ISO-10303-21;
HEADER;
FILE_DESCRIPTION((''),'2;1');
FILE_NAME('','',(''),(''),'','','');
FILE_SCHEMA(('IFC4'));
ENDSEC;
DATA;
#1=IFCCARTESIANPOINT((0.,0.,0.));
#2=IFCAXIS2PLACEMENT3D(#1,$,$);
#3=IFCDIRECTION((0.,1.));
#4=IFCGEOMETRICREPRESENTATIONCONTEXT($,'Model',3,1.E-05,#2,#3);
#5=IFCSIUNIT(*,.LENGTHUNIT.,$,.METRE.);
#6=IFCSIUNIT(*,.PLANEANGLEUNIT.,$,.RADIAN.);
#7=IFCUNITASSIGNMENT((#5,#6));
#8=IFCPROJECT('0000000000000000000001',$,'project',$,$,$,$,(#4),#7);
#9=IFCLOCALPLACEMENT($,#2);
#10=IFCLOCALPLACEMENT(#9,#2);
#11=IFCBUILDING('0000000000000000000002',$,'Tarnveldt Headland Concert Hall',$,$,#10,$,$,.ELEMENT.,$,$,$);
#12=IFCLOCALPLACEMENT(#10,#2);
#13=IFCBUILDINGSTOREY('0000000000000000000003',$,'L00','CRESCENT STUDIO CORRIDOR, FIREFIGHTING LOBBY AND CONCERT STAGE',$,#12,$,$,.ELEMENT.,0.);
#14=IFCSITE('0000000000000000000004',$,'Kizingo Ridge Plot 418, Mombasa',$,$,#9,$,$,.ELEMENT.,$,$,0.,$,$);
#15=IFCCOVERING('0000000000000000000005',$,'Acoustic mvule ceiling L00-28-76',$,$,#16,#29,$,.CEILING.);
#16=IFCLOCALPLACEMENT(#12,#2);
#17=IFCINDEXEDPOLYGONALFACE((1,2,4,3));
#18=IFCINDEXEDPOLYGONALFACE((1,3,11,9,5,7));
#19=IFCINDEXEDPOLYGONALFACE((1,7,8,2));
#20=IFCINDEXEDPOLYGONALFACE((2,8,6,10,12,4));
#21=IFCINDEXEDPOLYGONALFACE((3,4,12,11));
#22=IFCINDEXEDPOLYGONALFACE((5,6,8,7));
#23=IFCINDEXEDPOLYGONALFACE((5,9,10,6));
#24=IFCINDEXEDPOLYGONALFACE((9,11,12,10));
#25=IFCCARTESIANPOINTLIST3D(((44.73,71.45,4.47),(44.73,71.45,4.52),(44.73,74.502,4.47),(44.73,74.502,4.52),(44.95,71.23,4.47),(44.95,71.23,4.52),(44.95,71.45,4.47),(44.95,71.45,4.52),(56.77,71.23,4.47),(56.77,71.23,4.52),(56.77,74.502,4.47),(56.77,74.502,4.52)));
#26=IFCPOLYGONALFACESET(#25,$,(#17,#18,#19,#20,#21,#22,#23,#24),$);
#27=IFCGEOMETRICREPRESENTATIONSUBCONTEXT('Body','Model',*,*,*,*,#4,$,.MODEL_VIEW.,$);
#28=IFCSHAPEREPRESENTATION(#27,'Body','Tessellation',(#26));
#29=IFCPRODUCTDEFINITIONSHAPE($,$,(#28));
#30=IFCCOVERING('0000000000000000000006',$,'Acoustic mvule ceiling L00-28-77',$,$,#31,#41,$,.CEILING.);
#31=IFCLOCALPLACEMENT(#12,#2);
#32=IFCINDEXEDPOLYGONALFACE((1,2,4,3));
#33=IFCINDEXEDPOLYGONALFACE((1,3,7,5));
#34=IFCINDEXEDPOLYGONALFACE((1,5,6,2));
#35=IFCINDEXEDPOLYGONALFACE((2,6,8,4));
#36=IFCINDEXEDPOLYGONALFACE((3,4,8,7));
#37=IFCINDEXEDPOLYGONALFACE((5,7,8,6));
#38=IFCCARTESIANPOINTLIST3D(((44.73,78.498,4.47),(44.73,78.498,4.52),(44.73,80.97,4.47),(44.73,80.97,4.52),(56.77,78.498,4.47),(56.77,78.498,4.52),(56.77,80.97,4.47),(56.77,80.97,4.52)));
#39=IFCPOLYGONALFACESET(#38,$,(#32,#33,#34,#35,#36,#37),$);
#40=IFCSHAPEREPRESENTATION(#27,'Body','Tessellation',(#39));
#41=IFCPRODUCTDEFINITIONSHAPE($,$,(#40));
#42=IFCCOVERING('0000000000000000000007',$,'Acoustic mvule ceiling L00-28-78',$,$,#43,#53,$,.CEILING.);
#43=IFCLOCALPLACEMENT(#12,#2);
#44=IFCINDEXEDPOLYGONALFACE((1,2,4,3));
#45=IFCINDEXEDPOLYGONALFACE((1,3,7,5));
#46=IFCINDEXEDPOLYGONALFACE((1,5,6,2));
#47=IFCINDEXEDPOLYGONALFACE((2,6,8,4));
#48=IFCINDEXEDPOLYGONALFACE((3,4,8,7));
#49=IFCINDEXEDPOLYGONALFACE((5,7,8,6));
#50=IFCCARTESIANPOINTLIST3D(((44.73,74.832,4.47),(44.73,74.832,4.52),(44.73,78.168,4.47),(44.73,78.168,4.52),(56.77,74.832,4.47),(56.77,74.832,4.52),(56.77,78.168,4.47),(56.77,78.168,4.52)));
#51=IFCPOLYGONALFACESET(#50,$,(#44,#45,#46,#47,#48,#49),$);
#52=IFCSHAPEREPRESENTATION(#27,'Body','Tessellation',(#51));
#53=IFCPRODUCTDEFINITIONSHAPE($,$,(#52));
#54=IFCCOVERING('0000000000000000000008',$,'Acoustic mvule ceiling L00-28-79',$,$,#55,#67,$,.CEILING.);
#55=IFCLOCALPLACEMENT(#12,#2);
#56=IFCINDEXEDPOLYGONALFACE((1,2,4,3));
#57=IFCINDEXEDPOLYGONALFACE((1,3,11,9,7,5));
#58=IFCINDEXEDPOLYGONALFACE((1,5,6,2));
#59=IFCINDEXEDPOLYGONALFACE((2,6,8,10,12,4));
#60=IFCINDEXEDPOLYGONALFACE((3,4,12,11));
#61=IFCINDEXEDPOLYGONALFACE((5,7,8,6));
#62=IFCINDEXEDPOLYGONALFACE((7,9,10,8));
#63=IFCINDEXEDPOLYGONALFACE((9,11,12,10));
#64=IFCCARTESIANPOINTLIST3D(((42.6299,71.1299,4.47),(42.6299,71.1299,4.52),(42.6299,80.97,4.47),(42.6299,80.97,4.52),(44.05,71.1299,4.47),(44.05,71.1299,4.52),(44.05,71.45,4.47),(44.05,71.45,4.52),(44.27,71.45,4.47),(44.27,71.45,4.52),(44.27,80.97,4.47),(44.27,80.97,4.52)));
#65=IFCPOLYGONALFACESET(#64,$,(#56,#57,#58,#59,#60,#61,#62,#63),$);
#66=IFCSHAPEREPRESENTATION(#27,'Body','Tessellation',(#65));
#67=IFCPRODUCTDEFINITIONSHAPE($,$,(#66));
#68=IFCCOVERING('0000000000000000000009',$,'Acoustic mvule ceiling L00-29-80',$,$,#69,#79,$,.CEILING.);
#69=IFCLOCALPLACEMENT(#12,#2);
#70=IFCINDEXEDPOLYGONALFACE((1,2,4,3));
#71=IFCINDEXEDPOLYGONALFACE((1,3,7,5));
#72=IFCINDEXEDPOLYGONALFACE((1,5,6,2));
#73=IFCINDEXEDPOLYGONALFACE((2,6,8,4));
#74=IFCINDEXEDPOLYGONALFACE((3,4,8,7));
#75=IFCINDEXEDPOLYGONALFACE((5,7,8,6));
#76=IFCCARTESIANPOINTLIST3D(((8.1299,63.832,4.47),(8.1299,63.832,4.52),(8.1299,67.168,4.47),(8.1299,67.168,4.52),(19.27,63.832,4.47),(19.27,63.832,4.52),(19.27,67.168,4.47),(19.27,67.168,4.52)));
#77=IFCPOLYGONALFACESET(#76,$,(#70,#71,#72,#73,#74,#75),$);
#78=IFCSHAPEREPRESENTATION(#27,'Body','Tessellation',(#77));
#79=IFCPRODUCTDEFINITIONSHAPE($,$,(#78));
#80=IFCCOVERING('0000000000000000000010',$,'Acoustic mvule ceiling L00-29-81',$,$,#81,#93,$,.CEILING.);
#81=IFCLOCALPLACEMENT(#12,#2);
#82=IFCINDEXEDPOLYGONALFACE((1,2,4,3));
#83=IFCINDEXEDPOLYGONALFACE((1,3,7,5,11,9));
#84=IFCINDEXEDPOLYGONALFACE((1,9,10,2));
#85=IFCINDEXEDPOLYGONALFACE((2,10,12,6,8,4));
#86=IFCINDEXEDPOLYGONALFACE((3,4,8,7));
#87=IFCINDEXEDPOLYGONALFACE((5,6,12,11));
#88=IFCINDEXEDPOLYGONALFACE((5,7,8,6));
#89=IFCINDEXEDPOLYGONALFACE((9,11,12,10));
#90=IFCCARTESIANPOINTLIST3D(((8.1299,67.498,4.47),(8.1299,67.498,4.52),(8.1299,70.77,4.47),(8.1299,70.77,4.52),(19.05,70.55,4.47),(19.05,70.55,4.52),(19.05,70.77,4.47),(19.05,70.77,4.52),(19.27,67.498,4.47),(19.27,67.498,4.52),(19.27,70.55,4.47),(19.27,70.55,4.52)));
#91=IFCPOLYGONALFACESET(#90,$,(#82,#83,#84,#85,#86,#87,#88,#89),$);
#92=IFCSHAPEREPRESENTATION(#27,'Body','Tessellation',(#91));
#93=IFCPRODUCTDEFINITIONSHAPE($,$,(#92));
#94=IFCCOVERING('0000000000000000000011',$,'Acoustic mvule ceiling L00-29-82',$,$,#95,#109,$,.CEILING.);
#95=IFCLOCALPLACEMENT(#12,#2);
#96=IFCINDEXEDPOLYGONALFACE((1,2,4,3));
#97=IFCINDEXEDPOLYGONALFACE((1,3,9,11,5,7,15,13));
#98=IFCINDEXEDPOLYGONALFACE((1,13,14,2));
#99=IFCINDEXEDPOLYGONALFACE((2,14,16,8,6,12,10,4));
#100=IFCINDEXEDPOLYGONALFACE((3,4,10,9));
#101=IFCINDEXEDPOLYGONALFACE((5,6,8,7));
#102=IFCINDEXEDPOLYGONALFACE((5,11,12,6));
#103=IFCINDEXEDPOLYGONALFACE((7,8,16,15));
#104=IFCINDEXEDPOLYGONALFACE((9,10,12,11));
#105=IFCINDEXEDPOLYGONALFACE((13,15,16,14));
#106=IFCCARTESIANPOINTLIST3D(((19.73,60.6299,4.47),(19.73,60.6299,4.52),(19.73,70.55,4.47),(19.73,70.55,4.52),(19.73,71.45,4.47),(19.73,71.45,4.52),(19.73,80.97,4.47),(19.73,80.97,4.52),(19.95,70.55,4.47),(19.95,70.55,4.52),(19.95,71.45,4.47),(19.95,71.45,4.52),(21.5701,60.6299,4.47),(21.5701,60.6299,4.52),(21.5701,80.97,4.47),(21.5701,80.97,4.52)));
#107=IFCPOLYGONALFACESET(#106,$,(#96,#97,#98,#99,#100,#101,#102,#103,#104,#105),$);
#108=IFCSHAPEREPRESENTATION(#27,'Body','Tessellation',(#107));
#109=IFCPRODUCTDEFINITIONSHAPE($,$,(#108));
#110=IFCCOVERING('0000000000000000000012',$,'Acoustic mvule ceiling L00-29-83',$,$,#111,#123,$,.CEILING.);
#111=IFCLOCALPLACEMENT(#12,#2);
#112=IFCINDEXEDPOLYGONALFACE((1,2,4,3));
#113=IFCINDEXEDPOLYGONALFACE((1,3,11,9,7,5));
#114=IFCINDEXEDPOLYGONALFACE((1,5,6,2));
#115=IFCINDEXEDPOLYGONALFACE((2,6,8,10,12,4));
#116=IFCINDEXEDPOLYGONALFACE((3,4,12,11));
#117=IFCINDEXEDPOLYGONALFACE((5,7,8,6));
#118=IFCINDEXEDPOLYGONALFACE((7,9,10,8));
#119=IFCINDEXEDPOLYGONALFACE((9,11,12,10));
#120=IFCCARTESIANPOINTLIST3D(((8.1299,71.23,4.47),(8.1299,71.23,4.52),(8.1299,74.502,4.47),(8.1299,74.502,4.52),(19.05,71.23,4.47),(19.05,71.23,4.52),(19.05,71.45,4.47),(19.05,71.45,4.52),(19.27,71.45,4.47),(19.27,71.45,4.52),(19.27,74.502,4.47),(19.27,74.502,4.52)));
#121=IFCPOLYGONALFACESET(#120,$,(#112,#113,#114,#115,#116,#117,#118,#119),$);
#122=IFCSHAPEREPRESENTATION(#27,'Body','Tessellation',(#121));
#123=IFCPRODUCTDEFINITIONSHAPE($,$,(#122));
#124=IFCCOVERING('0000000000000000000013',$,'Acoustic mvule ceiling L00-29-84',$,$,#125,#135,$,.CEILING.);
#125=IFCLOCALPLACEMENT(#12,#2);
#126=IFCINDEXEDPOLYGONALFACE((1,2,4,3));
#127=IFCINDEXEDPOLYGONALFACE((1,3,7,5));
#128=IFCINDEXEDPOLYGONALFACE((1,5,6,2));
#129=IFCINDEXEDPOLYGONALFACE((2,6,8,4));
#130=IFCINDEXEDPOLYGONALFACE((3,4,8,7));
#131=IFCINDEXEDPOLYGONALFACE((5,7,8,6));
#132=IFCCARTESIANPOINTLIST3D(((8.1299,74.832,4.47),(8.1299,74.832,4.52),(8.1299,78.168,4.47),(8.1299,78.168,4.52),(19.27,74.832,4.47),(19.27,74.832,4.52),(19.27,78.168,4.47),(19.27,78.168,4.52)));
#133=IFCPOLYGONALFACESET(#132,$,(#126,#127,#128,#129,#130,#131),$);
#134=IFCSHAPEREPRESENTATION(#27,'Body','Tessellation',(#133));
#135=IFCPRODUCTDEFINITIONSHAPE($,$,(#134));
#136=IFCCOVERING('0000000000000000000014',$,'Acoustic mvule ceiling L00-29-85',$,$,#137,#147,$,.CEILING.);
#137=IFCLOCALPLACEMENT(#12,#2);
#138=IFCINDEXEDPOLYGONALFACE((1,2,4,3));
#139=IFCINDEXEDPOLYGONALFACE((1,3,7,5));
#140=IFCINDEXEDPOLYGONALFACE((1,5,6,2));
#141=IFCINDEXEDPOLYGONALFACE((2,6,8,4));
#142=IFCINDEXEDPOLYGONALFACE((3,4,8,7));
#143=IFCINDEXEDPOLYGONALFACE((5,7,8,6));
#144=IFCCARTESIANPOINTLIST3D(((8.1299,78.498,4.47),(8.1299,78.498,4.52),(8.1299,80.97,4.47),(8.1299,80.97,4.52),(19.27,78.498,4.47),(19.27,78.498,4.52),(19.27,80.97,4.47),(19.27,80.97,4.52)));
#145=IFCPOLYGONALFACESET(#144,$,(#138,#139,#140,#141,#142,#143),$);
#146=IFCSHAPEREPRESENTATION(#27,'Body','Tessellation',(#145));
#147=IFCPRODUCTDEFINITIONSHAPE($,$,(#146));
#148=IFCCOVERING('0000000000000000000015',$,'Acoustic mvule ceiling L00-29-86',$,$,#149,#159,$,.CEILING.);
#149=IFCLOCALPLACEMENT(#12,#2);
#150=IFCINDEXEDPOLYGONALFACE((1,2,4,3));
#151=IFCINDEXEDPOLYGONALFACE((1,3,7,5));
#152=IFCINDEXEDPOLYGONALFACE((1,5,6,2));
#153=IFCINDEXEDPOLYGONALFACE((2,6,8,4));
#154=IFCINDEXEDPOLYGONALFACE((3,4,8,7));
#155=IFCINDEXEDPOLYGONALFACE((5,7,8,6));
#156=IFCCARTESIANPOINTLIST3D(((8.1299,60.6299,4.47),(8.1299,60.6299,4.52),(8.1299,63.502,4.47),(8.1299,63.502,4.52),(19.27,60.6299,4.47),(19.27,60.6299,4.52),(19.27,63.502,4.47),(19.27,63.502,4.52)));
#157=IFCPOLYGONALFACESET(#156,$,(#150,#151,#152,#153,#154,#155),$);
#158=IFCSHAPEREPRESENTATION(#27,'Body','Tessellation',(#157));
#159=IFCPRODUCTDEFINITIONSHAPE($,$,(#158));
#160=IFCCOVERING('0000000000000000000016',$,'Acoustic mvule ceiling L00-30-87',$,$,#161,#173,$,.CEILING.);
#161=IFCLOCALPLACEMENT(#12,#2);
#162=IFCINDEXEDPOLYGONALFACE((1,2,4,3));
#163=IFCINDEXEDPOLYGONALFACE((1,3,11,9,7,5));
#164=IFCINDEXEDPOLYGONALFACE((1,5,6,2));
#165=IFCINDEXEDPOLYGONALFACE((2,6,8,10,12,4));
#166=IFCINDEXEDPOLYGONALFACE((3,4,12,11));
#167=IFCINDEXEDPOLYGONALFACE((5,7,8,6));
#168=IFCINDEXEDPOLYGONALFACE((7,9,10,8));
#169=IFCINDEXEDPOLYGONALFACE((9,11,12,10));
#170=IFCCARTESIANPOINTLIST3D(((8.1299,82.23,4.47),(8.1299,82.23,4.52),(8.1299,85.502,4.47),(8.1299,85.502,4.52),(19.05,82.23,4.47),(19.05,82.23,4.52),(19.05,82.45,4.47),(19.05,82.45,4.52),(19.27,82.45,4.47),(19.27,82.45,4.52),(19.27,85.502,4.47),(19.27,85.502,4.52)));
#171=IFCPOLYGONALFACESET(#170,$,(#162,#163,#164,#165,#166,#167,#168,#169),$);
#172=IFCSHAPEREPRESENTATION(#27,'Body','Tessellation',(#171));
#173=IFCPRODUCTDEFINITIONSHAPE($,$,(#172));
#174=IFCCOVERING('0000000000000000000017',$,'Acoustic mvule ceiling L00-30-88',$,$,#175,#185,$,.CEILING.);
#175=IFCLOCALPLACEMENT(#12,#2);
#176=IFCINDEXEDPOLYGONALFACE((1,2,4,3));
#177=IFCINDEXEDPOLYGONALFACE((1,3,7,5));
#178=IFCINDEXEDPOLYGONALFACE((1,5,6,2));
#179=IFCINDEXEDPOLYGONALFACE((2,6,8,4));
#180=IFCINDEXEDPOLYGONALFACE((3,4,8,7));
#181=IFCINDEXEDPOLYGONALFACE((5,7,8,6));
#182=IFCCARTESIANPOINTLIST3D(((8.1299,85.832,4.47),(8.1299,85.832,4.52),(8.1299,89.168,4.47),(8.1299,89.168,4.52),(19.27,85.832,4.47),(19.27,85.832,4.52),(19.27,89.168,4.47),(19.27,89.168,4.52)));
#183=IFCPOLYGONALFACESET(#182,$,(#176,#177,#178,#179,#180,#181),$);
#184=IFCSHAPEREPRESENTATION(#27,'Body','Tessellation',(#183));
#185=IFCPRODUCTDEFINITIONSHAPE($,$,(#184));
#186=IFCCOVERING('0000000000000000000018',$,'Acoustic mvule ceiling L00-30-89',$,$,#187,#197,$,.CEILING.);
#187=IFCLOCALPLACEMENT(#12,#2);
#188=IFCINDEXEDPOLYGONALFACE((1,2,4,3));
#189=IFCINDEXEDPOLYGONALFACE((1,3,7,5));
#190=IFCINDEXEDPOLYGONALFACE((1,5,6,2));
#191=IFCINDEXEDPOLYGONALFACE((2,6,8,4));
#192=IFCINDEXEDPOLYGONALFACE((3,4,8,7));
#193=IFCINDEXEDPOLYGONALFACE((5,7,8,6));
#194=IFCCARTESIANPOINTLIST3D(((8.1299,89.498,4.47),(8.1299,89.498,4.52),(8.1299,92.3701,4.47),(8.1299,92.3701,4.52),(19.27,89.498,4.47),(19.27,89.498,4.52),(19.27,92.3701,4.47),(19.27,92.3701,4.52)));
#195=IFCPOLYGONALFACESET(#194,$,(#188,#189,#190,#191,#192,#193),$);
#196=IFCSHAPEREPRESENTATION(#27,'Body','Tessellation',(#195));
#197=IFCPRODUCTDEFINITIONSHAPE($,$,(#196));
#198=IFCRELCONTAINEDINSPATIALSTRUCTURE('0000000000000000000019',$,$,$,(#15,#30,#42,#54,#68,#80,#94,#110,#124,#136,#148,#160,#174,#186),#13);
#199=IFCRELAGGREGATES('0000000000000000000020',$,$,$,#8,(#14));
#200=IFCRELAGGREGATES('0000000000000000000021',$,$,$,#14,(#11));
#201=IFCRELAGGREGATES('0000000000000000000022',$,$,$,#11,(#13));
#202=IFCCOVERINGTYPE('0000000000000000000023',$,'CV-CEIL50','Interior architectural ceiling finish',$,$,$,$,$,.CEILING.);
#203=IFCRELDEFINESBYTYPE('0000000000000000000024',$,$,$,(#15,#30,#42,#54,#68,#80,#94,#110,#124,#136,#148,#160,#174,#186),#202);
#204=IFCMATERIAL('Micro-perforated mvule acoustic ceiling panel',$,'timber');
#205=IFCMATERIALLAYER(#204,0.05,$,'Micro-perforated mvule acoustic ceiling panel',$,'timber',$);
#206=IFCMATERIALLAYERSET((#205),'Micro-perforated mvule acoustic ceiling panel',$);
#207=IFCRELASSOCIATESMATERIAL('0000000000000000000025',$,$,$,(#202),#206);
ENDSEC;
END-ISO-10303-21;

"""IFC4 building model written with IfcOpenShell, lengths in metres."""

from ifc_helpers import new_model, si_unit, direction, frame, origin, place, context, subcontext, project, spatial, polyline, outline, extrude, material, layer, layer_set, type_object, element, save


model = new_model("IFC4")

# Units and contexts
model_context = context("Model", 3, precision=1e-05, world=origin(), true_north=direction((0.0, 1.0)))
body_context = subcontext(model_context, "Body", "Model", "MODEL_VIEW")
ifc_project = project(units=[si_unit("LENGTHUNIT", "METRE"), si_unit("PLANEANGLEUNIT", "RADIAN")], contexts=[model_context])

# Site, building, storey
site_placement = place(None, origin())
site = spatial("IfcSite", under=ifc_project, at=site_placement, Name="Kizingo Ridge Plot 418, Mombasa", CompositionType="ELEMENT", RefElevation=0.0)
building_placement = place(site_placement, origin())
building = spatial("IfcBuilding", under=site, at=building_placement, Name="Tarnveldt Headland Concert Hall", CompositionType="ELEMENT")
storey_placement = place(building_placement, origin())
storey = spatial("IfcBuildingStorey", under=building, at=storey_placement, Name="L00", Description="CRESCENT STUDIO CORRIDOR, FIREFIGHTING LOBBY AND CONCERT STAGE", CompositionType="ELEMENT", Elevation=0.0)

# Coverings
ifc_material_1 = material(Name="Micro-perforated mvule acoustic ceiling panel", Category="timber")
ifc_layer_1 = layer(ifc_material_1, 0.05, Name="Micro-perforated mvule acoustic ceiling panel", Category="timber")
ifc_layer_set_1 = layer_set([ifc_layer_1], Name="Micro-perforated mvule acoustic ceiling panel")
covering_type_1 = type_object("IfcCoveringType", Name="CV-CEIL50", Description="Interior architectural ceiling finish", PredefinedType="CEILING", material=ifc_layer_set_1)
covering_1_placement = place(storey_placement, frame((0.0, 0.0, 4.47)))
element("IfcCovering", 1, at=covering_1_placement, inside=storey, type_object=covering_type_1, Name="Acoustic mvule ceiling L00-28-76", PredefinedType="CEILING", context=body_context, shape_type="SweptSolid", body=[
    extrude(outline(polyline([(44.73, 71.45), (44.73, 74.502), (56.77, 74.502), (56.77, 71.23), (44.95, 71.23), (44.95, 71.45), (44.73, 71.45)])), origin(), (0.0, 0.0, 1.0), 0.05),
])
covering_2_placement = place(storey_placement, frame((0.0, 0.0, 4.47)))
element("IfcCovering", 2, at=covering_2_placement, inside=storey, type_object=covering_type_1, Name="Acoustic mvule ceiling L00-28-77", PredefinedType="CEILING", context=body_context, shape_type="SweptSolid", body=[
    extrude(outline(polyline([(56.77, 78.498), (44.73, 78.498), (44.73, 80.97), (56.77, 80.97), (56.77, 78.498)])), origin(), (0.0, 0.0, 1.0), 0.05),
])
covering_3_placement = place(storey_placement, frame((0.0, 0.0, 4.47)))
element("IfcCovering", 3, at=covering_3_placement, inside=storey, type_object=covering_type_1, Name="Acoustic mvule ceiling L00-28-78", PredefinedType="CEILING", context=body_context, shape_type="SweptSolid", body=[
    extrude(outline(polyline([(44.73, 74.832), (44.73, 78.168), (56.77, 78.168), (56.77, 74.832), (44.73, 74.832)])), origin(), (0.0, 0.0, 1.0), 0.05),
])
covering_4_placement = place(storey_placement, frame((0.0, 0.0, 4.47)))
element("IfcCovering", 4, at=covering_4_placement, inside=storey, type_object=covering_type_1, Name="Acoustic mvule ceiling L00-28-79", PredefinedType="CEILING", context=body_context, shape_type="SweptSolid", body=[
    extrude(outline(polyline([(42.6299, 80.97), (44.27, 80.97), (44.27, 71.45), (44.05, 71.45), (44.05, 71.1299), (42.6299, 71.1299), (42.6299, 80.97)])), origin(), (0.0, 0.0, 1.0), 0.05),
])
covering_5_placement = place(storey_placement, frame((0.0, 0.0, 4.47)))
element("IfcCovering", 5, at=covering_5_placement, inside=storey, type_object=covering_type_1, Name="Acoustic mvule ceiling L00-29-80", PredefinedType="CEILING", context=body_context, shape_type="SweptSolid", body=[
    extrude(outline(polyline([(19.27, 67.168), (19.27, 63.832), (8.1299, 63.832), (8.1299, 67.168), (19.27, 67.168)])), origin(), (0.0, 0.0, 1.0), 0.05),
])
covering_6_placement = place(storey_placement, frame((0.0, 0.0, 4.47)))
element("IfcCovering", 6, at=covering_6_placement, inside=storey, type_object=covering_type_1, Name="Acoustic mvule ceiling L00-29-81", PredefinedType="CEILING", context=body_context, shape_type="SweptSolid", body=[
    extrude(outline(polyline([(19.05, 70.77), (19.05, 70.55), (19.27, 70.55), (19.27, 67.498), (8.1299, 67.498), (8.1299, 70.77), (19.05, 70.77)])), origin(), (0.0, 0.0, 1.0), 0.05),
])
covering_7_placement = place(storey_placement, frame((0.0, 0.0, 4.47)))
element("IfcCovering", 7, at=covering_7_placement, inside=storey, type_object=covering_type_1, Name="Acoustic mvule ceiling L00-29-82", PredefinedType="CEILING", context=body_context, shape_type="SweptSolid", body=[
    extrude(outline(polyline([(19.73, 71.45), (19.73, 80.97), (21.5701, 80.97), (21.5701, 60.6299), (19.73, 60.6299), (19.73, 70.55), (19.95, 70.55), (19.95, 71.45), (19.73, 71.45)])), origin(), (0.0, 0.0, 1.0), 0.05),
])
covering_8_placement = place(storey_placement, frame((0.0, 0.0, 4.47)))
element("IfcCovering", 8, at=covering_8_placement, inside=storey, type_object=covering_type_1, Name="Acoustic mvule ceiling L00-29-83", PredefinedType="CEILING", context=body_context, shape_type="SweptSolid", body=[
    extrude(outline(polyline([(19.05, 71.23), (8.1299, 71.23), (8.1299, 74.502), (19.27, 74.502), (19.27, 71.45), (19.05, 71.45), (19.05, 71.23)])), origin(), (0.0, 0.0, 1.0), 0.05),
])
covering_9_placement = place(storey_placement, frame((0.0, 0.0, 4.47)))
element("IfcCovering", 9, at=covering_9_placement, inside=storey, type_object=covering_type_1, Name="Acoustic mvule ceiling L00-29-84", PredefinedType="CEILING", context=body_context, shape_type="SweptSolid", body=[
    extrude(outline(polyline([(8.1299, 78.168), (19.27, 78.168), (19.27, 74.832), (8.1299, 74.832), (8.1299, 78.168)])), origin(), (0.0, 0.0, 1.0), 0.05),
])
covering_10_placement = place(storey_placement, frame((0.0, 0.0, 4.47)))
element("IfcCovering", 10, at=covering_10_placement, inside=storey, type_object=covering_type_1, Name="Acoustic mvule ceiling L00-29-85", PredefinedType="CEILING", context=body_context, shape_type="SweptSolid", body=[
    extrude(outline(polyline([(8.1299, 80.97), (19.27, 80.97), (19.27, 78.498), (8.1299, 78.498), (8.1299, 80.97)])), origin(), (0.0, 0.0, 1.0), 0.05),
])
covering_11_placement = place(storey_placement, frame((0.0, 0.0, 4.47)))
element("IfcCovering", 11, at=covering_11_placement, inside=storey, type_object=covering_type_1, Name="Acoustic mvule ceiling L00-29-86", PredefinedType="CEILING", context=body_context, shape_type="SweptSolid", body=[
    extrude(outline(polyline([(19.27, 63.502), (19.27, 60.6299), (8.1299, 60.6299), (8.1299, 63.502), (19.27, 63.502)])), origin(), (0.0, 0.0, 1.0), 0.05),
])
covering_12_placement = place(storey_placement, frame((0.0, 0.0, 4.47)))
element("IfcCovering", 12, at=covering_12_placement, inside=storey, type_object=covering_type_1, Name="Acoustic mvule ceiling L00-30-87", PredefinedType="CEILING", context=body_context, shape_type="SweptSolid", body=[
    extrude(outline(polyline([(8.1299, 82.23), (8.1299, 85.502), (19.27, 85.502), (19.27, 82.45), (19.05, 82.45), (19.05, 82.23), (8.1299, 82.23)])), origin(), (0.0, 0.0, 1.0), 0.05),
])
covering_13_placement = place(storey_placement, frame((0.0, 0.0, 4.47)))
element("IfcCovering", 13, at=covering_13_placement, inside=storey, type_object=covering_type_1, Name="Acoustic mvule ceiling L00-30-88", PredefinedType="CEILING", context=body_context, shape_type="SweptSolid", body=[
    extrude(outline(polyline([(8.1299, 89.168), (19.27, 89.168), (19.27, 85.832), (8.1299, 85.832), (8.1299, 89.168)])), origin(), (0.0, 0.0, 1.0), 0.05),
])
covering_14_placement = place(storey_placement, frame((0.0, 0.0, 4.47)))
element("IfcCovering", 14, at=covering_14_placement, inside=storey, type_object=covering_type_1, Name="Acoustic mvule ceiling L00-30-89", PredefinedType="CEILING", context=body_context, shape_type="SweptSolid", body=[
    extrude(outline(polyline([(8.1299, 92.3701), (19.27, 92.3701), (19.27, 89.498), (8.1299, 89.498), (8.1299, 92.3701)])), origin(), (0.0, 0.0, 1.0), 0.05),
])

save(model, "model.ifc")
